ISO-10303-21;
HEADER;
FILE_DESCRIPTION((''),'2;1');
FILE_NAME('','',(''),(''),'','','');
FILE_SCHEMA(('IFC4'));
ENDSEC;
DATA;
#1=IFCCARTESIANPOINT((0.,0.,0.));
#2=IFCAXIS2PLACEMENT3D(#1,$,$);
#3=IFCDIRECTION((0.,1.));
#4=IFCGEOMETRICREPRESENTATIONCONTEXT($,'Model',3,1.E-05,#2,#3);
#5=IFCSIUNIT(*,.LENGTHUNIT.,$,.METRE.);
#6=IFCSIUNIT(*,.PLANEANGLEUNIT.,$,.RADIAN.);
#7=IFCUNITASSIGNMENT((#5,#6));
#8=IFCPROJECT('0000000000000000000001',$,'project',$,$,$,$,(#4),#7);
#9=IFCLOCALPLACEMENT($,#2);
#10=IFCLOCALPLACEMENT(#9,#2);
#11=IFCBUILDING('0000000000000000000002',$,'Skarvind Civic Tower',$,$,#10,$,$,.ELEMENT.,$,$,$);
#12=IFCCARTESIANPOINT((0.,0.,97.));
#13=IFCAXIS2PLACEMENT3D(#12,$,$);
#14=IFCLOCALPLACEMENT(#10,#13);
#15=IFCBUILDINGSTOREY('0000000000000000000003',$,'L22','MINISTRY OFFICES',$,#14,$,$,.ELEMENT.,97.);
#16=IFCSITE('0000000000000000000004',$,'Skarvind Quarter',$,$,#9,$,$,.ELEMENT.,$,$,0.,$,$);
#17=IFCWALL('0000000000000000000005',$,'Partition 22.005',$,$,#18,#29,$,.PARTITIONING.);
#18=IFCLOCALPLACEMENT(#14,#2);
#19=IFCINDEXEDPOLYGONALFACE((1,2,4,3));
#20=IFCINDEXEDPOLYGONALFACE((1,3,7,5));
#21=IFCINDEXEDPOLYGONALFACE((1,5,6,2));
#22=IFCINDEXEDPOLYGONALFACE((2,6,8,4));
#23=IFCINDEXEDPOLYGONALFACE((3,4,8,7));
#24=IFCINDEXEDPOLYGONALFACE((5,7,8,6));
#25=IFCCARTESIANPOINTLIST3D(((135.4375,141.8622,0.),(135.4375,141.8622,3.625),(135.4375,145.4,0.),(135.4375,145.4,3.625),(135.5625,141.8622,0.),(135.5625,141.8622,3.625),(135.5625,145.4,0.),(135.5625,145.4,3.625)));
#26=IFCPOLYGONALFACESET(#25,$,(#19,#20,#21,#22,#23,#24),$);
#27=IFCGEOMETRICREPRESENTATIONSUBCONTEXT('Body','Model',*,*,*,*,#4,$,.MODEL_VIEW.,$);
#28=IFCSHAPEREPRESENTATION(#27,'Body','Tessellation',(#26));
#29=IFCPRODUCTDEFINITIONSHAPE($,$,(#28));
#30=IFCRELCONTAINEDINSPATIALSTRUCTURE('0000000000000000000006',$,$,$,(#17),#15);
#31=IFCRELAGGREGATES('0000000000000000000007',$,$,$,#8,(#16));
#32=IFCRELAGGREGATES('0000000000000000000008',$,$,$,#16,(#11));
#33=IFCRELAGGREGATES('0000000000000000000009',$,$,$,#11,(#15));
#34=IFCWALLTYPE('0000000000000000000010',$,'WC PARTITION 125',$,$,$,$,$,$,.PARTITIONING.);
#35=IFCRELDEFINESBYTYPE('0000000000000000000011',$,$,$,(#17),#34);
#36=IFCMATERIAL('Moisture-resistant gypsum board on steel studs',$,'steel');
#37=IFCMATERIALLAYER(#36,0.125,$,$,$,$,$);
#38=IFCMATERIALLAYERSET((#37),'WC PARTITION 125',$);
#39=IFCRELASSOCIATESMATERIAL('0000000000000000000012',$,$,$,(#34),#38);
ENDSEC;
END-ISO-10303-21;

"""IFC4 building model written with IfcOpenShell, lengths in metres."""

from ifc_helpers import new_model, si_unit, direction, frame, frame_2d, origin, place, context, subcontext, project, spatial, rectangle, extrude, material, layer, layer_set, type_object, element, save


model = new_model("IFC4")

# Units and contexts
model_context = context("Model", 3, precision=1e-05, world=origin(), true_north=direction((0.0, 1.0)))
body_context = subcontext(model_context, "Body", "Model", "MODEL_VIEW")
ifc_project = project(units=[si_unit("LENGTHUNIT", "METRE"), si_unit("PLANEANGLEUNIT", "RADIAN")], contexts=[model_context])

# Site, building, storey
site_placement = place(None, origin())
site = spatial("IfcSite", under=ifc_project, at=site_placement, Name="Skarvind Quarter", CompositionType="ELEMENT", RefElevation=0.0)
building_placement = place(site_placement, origin())
building = spatial("IfcBuilding", under=site, at=building_placement, Name="Skarvind Civic Tower", CompositionType="ELEMENT")
storey_placement = place(building_placement, frame((0.0, 0.0, 97.0)))
storey = spatial("IfcBuildingStorey", under=building, at=storey_placement, Name="L22", Description="MINISTRY OFFICES", CompositionType="ELEMENT", Elevation=97.0)

# Wall
ifc_material_1 = material(Name="Moisture-resistant gypsum board on steel studs", Category="steel")
ifc_layer_1 = layer(ifc_material_1, 0.125)
ifc_layer_set_1 = layer_set([ifc_layer_1], Name="WC PARTITION 125")
wall_type_1 = type_object("IfcWallType", Name="WC PARTITION 125", PredefinedType="PARTITIONING", material=ifc_layer_set_1)
wall_1_placement = place(storey_placement, frame((135.5, 141.8621, 0.0), z_axis=(0.0, 0.0, 1.0), x_axis=(0.0, 1.0, 0.0)))
element("IfcWall", 1, at=wall_1_placement, inside=storey, type_object=wall_type_1, Name="Partition 22.005", PredefinedType="PARTITIONING", context=body_context, shape_type="SweptSolid", body=[
    extrude(rectangle(XDim=3.5378, YDim=0.125, at=frame_2d((1.769, 0.0))), origin(), (0.0, 0.0, 1.0), 3.625),
])

save(model, "model.ifc")
